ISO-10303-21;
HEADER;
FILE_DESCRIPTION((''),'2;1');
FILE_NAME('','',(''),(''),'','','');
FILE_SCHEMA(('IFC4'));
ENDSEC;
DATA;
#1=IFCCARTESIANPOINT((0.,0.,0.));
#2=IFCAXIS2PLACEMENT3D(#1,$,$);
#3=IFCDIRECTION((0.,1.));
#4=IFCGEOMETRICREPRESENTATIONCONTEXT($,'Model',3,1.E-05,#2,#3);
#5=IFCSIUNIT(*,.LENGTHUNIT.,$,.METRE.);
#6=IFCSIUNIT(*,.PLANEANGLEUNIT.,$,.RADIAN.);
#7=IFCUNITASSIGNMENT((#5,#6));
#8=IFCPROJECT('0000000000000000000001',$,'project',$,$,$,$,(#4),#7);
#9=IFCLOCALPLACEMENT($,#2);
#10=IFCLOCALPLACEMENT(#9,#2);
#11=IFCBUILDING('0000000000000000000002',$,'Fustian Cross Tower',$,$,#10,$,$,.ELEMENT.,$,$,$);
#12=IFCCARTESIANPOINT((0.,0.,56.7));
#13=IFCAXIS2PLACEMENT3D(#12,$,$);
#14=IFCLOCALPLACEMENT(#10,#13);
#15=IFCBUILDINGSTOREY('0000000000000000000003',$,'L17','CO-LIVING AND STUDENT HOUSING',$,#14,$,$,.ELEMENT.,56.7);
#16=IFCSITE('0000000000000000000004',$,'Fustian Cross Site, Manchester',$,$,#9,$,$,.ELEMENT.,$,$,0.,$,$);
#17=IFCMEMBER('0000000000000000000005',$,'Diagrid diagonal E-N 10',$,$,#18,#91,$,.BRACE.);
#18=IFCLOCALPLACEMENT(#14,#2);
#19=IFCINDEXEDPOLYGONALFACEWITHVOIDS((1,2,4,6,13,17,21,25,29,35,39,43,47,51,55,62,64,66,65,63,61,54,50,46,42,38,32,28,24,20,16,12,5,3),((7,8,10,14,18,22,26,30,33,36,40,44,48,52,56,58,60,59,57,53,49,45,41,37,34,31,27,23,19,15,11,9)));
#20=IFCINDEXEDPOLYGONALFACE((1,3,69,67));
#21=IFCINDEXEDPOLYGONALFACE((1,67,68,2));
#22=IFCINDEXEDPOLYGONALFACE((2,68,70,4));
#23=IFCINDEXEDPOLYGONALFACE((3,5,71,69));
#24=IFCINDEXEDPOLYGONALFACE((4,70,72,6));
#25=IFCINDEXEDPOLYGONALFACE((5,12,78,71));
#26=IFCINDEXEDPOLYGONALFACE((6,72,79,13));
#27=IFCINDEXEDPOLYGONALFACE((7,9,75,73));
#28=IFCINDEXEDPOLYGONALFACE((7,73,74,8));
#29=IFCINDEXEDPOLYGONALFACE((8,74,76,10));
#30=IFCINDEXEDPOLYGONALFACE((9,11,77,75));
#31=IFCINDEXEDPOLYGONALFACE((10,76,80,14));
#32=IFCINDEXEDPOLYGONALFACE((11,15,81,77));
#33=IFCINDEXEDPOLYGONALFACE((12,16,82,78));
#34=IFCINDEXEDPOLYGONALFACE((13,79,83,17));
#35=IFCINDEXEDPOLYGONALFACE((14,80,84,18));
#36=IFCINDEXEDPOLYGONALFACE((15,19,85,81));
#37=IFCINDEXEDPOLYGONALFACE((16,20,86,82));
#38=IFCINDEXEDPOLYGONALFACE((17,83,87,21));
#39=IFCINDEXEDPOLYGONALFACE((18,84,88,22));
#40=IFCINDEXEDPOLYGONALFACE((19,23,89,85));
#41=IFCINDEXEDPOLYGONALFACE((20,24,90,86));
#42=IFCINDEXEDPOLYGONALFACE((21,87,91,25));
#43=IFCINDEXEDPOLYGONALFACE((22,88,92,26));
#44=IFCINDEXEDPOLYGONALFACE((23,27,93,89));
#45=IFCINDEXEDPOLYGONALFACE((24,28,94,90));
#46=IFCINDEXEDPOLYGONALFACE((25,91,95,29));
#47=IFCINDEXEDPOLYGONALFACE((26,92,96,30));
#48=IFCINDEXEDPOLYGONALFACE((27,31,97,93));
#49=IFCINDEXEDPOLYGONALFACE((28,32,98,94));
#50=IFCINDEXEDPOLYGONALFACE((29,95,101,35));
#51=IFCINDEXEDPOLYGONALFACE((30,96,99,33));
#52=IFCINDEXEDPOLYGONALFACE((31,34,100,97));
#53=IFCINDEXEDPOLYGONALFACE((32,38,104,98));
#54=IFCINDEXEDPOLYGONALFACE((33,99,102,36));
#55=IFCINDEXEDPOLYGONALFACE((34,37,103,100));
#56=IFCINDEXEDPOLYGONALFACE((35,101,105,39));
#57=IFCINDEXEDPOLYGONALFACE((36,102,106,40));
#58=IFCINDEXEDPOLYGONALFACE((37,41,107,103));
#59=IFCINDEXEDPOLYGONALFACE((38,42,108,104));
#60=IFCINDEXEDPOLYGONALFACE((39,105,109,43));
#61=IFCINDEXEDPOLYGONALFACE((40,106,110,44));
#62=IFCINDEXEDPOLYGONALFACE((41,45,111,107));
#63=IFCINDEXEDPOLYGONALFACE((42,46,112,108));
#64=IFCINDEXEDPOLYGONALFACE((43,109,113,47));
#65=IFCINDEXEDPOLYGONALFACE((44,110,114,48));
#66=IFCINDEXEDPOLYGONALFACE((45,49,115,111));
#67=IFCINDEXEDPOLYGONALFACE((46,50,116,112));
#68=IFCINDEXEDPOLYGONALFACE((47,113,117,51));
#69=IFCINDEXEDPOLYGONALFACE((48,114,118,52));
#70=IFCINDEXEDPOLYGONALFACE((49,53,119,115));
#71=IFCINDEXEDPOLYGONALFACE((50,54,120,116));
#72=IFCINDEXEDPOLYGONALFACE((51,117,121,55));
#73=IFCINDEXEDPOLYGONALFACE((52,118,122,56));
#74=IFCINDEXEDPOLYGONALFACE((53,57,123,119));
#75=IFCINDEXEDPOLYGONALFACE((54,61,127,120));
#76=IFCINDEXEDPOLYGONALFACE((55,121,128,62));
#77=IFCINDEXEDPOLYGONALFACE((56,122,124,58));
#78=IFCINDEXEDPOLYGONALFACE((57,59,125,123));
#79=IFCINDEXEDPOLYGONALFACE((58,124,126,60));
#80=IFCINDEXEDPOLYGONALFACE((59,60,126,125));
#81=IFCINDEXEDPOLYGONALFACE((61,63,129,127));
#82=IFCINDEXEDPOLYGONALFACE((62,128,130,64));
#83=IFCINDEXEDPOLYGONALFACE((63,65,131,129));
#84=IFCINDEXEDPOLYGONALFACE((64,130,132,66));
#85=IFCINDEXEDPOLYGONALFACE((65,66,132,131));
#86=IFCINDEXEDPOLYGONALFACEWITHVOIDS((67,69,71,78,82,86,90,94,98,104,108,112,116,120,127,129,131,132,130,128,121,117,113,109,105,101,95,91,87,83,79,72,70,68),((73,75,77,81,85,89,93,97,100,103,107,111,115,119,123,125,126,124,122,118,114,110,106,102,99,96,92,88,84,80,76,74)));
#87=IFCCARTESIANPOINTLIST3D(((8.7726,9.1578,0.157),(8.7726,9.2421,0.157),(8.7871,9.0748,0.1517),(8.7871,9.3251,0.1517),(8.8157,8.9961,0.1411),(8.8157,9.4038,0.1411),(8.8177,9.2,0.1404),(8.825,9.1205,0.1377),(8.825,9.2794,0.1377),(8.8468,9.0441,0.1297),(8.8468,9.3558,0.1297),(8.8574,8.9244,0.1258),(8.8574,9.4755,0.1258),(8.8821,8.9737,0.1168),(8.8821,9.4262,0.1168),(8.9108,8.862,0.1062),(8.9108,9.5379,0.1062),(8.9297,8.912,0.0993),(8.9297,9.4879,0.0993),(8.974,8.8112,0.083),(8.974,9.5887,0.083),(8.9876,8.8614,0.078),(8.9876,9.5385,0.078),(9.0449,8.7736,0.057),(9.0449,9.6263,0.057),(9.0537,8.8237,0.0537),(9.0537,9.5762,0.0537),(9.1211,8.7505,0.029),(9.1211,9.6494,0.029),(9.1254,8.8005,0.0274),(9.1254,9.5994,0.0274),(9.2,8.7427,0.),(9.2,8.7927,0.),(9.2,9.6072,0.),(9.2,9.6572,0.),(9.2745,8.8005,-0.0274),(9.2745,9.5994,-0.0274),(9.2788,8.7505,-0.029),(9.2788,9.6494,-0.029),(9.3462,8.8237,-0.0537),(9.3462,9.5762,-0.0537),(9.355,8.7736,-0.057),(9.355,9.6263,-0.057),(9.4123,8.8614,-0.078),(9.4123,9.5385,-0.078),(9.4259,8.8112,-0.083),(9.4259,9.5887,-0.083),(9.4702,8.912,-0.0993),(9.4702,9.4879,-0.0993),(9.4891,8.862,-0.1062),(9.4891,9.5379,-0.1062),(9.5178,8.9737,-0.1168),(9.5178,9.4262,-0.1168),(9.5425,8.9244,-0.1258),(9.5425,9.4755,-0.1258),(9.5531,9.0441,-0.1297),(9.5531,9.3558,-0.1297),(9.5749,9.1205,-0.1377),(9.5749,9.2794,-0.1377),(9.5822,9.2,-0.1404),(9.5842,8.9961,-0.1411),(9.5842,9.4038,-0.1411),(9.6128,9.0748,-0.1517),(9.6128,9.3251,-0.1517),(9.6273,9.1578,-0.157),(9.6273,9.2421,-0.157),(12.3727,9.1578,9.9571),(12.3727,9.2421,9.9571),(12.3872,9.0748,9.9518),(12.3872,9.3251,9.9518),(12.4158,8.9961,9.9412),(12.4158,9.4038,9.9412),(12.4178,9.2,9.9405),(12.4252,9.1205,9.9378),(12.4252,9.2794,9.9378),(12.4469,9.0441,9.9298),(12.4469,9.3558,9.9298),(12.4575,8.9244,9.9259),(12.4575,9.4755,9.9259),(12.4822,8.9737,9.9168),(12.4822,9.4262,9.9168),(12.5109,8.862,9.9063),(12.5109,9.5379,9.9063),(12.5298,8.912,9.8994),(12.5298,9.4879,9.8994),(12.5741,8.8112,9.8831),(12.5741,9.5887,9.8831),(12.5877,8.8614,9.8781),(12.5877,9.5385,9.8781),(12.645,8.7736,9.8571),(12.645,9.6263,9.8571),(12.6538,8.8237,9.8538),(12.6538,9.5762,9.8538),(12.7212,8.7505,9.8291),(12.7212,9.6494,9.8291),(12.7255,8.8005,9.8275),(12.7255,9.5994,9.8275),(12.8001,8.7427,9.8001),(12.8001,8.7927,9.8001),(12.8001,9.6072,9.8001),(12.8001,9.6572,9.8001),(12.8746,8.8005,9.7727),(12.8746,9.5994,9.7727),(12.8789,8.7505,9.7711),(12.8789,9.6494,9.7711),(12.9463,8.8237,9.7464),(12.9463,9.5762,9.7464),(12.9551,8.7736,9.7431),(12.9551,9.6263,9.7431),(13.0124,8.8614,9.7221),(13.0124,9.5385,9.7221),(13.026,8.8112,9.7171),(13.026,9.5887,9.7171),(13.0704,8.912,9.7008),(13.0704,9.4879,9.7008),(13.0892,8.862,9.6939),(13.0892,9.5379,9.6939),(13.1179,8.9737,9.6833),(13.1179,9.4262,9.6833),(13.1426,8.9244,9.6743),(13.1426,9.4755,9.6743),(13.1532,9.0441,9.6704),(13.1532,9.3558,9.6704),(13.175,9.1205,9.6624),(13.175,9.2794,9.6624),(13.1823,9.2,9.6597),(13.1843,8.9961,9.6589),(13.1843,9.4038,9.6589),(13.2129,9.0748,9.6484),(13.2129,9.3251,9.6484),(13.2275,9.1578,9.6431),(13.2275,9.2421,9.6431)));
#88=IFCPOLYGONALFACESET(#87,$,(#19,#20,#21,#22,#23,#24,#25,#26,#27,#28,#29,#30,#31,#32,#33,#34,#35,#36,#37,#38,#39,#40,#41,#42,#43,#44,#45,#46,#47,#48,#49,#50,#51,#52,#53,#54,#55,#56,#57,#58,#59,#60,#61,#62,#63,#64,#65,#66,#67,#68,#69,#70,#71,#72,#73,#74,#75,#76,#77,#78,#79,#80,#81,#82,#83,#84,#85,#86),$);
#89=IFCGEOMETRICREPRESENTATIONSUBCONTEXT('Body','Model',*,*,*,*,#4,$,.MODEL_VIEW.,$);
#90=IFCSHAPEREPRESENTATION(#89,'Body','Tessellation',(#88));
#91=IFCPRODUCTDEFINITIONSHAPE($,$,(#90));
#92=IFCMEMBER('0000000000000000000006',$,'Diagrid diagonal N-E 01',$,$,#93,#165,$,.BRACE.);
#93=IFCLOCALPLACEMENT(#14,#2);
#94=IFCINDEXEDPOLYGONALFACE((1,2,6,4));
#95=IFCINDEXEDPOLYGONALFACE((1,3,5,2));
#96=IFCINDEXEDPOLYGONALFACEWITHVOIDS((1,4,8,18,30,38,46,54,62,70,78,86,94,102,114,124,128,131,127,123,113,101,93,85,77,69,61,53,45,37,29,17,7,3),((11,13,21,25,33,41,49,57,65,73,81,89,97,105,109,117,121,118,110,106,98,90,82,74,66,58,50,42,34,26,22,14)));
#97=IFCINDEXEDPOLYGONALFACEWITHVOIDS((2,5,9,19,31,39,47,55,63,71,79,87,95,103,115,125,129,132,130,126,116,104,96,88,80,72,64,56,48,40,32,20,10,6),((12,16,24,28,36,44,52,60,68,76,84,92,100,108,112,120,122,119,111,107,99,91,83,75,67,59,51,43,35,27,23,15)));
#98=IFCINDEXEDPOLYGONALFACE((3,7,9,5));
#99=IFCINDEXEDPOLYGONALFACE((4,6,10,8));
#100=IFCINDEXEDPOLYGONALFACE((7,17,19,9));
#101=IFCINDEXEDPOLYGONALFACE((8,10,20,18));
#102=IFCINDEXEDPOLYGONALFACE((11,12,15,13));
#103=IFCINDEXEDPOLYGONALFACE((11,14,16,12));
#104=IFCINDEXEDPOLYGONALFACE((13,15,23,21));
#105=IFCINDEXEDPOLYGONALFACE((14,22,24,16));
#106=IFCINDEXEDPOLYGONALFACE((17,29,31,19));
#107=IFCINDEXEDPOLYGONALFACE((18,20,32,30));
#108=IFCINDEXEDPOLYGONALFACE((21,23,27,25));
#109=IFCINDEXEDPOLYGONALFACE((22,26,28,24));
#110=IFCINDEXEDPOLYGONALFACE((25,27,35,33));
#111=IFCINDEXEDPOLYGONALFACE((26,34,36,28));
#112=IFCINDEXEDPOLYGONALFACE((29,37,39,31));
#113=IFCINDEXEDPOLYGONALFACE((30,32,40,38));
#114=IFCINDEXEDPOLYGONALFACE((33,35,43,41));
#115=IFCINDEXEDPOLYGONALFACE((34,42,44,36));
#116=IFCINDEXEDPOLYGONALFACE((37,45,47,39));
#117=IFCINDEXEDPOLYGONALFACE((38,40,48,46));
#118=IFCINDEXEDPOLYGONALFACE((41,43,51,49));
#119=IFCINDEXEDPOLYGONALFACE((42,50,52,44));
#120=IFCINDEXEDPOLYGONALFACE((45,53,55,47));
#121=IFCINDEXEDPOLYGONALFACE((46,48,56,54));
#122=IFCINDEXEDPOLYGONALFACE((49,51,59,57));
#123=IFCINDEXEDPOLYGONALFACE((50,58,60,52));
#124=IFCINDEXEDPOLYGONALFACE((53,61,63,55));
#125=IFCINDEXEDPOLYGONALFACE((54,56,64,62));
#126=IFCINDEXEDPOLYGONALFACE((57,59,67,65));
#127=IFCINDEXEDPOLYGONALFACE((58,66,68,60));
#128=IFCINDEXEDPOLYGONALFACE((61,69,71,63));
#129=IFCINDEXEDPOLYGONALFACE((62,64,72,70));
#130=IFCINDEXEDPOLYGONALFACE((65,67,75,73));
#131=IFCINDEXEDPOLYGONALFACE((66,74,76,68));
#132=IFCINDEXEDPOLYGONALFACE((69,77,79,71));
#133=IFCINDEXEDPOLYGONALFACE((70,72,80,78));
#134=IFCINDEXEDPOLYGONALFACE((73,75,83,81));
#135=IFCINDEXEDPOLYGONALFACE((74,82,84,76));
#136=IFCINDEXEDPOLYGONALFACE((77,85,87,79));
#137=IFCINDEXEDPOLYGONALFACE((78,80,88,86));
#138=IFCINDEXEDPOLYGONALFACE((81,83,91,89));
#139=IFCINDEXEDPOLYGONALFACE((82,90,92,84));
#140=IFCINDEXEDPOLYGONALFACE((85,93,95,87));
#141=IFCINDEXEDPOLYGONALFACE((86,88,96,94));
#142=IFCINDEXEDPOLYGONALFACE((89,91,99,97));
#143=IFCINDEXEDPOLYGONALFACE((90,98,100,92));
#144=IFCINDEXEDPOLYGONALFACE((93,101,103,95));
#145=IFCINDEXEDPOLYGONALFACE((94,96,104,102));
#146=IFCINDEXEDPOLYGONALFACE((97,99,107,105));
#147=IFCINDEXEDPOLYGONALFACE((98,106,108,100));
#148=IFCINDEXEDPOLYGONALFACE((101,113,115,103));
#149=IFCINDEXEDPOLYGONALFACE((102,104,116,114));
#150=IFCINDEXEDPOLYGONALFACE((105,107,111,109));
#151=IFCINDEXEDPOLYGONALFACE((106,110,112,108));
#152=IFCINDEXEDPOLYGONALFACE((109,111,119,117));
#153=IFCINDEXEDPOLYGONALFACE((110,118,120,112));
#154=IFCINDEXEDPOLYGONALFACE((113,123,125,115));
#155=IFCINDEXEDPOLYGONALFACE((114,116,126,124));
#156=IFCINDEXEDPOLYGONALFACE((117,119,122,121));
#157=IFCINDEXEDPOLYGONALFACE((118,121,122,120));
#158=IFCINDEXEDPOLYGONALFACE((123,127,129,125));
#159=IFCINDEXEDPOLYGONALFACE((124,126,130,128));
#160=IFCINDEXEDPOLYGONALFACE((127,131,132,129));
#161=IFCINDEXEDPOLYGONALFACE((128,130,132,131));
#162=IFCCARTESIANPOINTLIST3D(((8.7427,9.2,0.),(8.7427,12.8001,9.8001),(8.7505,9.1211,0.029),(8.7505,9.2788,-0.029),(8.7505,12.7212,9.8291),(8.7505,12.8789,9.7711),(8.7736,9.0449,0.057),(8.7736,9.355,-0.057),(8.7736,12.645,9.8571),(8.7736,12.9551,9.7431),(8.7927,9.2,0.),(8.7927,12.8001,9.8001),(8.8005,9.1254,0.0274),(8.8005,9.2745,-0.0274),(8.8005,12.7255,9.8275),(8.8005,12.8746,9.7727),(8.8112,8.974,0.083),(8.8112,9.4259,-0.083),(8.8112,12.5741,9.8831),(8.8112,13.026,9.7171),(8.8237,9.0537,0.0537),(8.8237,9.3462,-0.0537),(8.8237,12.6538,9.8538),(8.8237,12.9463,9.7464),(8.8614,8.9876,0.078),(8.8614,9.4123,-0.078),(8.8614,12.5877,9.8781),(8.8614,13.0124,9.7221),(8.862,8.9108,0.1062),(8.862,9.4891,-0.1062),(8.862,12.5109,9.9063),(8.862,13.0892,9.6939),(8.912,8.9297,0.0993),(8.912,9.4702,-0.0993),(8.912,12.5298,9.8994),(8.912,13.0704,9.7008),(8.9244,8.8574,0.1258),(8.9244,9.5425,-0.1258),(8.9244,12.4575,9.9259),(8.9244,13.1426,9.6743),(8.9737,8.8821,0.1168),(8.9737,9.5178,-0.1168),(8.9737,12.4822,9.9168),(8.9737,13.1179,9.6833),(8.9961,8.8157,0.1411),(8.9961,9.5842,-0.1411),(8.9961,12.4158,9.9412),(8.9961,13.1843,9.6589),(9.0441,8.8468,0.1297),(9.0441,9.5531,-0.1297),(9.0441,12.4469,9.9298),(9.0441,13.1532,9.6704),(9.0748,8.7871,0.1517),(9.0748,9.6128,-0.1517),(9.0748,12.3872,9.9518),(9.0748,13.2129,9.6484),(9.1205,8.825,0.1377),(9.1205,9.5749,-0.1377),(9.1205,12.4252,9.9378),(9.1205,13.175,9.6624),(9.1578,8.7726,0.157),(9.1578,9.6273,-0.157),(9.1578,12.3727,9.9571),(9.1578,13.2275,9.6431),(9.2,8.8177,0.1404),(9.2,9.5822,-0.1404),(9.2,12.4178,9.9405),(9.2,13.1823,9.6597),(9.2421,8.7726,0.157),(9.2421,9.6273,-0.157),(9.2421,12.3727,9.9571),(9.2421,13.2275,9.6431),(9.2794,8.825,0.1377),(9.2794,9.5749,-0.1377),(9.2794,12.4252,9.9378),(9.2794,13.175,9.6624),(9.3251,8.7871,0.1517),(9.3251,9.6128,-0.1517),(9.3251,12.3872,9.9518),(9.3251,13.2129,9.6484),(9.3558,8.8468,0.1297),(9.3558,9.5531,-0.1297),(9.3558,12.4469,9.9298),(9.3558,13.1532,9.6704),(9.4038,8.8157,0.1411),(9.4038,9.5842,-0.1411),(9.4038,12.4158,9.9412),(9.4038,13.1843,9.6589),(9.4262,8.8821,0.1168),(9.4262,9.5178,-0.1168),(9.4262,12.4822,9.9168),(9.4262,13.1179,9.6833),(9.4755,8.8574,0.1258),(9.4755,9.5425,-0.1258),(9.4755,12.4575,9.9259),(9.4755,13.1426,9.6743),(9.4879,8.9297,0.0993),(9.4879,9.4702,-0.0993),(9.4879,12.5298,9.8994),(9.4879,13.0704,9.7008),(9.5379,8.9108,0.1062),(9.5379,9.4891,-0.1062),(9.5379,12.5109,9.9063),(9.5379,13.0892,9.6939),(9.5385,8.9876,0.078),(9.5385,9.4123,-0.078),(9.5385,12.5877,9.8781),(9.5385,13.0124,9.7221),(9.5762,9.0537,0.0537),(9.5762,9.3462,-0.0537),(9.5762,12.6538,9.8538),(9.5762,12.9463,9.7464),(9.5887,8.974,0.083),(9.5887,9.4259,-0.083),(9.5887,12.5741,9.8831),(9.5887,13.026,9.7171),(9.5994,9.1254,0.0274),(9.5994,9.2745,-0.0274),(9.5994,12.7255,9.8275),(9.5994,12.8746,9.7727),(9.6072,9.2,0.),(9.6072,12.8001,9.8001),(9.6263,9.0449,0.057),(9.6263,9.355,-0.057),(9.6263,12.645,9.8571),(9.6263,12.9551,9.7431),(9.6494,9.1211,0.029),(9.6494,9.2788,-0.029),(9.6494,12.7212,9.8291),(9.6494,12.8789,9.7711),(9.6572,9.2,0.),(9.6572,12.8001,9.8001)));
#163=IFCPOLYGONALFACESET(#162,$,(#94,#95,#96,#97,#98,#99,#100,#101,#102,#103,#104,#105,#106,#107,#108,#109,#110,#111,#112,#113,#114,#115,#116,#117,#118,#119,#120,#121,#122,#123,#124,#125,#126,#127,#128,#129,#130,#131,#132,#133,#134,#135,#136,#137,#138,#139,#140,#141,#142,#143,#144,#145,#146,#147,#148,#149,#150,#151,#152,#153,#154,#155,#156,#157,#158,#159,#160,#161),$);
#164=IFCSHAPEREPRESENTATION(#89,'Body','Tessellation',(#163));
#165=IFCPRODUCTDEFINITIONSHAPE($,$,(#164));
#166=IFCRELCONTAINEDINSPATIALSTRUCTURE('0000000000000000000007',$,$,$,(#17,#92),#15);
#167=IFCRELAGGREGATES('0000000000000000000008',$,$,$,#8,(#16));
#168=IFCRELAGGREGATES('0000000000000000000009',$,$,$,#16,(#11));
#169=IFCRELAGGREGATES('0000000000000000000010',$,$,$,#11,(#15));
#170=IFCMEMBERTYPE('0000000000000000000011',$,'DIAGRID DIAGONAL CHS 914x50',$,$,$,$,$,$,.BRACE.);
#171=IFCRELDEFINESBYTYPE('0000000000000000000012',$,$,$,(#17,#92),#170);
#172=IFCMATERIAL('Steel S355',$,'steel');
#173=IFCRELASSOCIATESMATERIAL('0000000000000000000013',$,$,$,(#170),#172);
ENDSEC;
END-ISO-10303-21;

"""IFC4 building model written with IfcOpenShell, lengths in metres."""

from ifc_helpers import new_model, si_unit, direction, frame, origin, origin_2d, place, context, subcontext, project, spatial, hollow_circle, extrude, material, material_profile, profile_set, type_object, element, save


model = new_model("IFC4")

# Units and contexts
model_context = context("Model", 3, precision=1e-05, world=origin(), true_north=direction((0.0, 1.0)))
body_context = subcontext(model_context, "Body", "Model", "MODEL_VIEW")
ifc_project = project(units=[si_unit("LENGTHUNIT", "METRE"), si_unit("PLANEANGLEUNIT", "RADIAN")], contexts=[model_context])

# Site, building, storey
site_placement = place(None, origin())
site = spatial("IfcSite", under=ifc_project, at=site_placement, Name="Fustian Cross Site, Manchester", CompositionType="ELEMENT", RefElevation=0.0)
building_placement = place(site_placement, origin())
building = spatial("IfcBuilding", under=site, at=building_placement, Name="Fustian Cross Tower", CompositionType="ELEMENT")
storey_placement = place(building_placement, frame((0.0, 0.0, 56.7)))
storey = spatial("IfcBuildingStorey", under=building, at=storey_placement, Name="L17", Description="CO-LIVING AND STUDENT HOUSING", CompositionType="ELEMENT", Elevation=56.7)

# Members
ifc_material_1 = material(Name="Steel S355", Category="steel")
ifc_material_profile_1 = material_profile(ifc_material_1, hollow_circle(Radius=0.4573, WallThickness=0.05, at=origin_2d()), Name="CHS 914x50")
ifc_profile_set_1 = profile_set([ifc_material_profile_1], Name="Steel S355")
member_type_1 = type_object("IfcMemberType", Name="DIAGRID DIAGONAL CHS 914x50", PredefinedType="BRACE", material=ifc_profile_set_1)
for number, where, z_axis, x_axis, name in (
    (1, (9.2, 9.2, 0.0), (0.344824, 0.0, 0.938667), (0.0, 1.0, 0.0), "Diagrid diagonal E-N 10"),
    (2, (9.2, 9.2, 0.0), (0.0, 0.344824, 0.938667), (-1.0, 0.0, 0.0), "Diagrid diagonal N-E 01"),
):
    element("IfcMember", number, at=place(storey_placement, frame(where, z_axis=z_axis, x_axis=x_axis)), inside=storey, type_object=member_type_1, Name=name, PredefinedType="BRACE", context=body_context, shape_type="SweptSolid", body=[
        extrude(hollow_circle(Radius=0.4573, WallThickness=0.05, at=origin_2d()), origin(), (0.0, 0.0, 1.0), 10.4404),
    ])

save(model, "model.ifc")
